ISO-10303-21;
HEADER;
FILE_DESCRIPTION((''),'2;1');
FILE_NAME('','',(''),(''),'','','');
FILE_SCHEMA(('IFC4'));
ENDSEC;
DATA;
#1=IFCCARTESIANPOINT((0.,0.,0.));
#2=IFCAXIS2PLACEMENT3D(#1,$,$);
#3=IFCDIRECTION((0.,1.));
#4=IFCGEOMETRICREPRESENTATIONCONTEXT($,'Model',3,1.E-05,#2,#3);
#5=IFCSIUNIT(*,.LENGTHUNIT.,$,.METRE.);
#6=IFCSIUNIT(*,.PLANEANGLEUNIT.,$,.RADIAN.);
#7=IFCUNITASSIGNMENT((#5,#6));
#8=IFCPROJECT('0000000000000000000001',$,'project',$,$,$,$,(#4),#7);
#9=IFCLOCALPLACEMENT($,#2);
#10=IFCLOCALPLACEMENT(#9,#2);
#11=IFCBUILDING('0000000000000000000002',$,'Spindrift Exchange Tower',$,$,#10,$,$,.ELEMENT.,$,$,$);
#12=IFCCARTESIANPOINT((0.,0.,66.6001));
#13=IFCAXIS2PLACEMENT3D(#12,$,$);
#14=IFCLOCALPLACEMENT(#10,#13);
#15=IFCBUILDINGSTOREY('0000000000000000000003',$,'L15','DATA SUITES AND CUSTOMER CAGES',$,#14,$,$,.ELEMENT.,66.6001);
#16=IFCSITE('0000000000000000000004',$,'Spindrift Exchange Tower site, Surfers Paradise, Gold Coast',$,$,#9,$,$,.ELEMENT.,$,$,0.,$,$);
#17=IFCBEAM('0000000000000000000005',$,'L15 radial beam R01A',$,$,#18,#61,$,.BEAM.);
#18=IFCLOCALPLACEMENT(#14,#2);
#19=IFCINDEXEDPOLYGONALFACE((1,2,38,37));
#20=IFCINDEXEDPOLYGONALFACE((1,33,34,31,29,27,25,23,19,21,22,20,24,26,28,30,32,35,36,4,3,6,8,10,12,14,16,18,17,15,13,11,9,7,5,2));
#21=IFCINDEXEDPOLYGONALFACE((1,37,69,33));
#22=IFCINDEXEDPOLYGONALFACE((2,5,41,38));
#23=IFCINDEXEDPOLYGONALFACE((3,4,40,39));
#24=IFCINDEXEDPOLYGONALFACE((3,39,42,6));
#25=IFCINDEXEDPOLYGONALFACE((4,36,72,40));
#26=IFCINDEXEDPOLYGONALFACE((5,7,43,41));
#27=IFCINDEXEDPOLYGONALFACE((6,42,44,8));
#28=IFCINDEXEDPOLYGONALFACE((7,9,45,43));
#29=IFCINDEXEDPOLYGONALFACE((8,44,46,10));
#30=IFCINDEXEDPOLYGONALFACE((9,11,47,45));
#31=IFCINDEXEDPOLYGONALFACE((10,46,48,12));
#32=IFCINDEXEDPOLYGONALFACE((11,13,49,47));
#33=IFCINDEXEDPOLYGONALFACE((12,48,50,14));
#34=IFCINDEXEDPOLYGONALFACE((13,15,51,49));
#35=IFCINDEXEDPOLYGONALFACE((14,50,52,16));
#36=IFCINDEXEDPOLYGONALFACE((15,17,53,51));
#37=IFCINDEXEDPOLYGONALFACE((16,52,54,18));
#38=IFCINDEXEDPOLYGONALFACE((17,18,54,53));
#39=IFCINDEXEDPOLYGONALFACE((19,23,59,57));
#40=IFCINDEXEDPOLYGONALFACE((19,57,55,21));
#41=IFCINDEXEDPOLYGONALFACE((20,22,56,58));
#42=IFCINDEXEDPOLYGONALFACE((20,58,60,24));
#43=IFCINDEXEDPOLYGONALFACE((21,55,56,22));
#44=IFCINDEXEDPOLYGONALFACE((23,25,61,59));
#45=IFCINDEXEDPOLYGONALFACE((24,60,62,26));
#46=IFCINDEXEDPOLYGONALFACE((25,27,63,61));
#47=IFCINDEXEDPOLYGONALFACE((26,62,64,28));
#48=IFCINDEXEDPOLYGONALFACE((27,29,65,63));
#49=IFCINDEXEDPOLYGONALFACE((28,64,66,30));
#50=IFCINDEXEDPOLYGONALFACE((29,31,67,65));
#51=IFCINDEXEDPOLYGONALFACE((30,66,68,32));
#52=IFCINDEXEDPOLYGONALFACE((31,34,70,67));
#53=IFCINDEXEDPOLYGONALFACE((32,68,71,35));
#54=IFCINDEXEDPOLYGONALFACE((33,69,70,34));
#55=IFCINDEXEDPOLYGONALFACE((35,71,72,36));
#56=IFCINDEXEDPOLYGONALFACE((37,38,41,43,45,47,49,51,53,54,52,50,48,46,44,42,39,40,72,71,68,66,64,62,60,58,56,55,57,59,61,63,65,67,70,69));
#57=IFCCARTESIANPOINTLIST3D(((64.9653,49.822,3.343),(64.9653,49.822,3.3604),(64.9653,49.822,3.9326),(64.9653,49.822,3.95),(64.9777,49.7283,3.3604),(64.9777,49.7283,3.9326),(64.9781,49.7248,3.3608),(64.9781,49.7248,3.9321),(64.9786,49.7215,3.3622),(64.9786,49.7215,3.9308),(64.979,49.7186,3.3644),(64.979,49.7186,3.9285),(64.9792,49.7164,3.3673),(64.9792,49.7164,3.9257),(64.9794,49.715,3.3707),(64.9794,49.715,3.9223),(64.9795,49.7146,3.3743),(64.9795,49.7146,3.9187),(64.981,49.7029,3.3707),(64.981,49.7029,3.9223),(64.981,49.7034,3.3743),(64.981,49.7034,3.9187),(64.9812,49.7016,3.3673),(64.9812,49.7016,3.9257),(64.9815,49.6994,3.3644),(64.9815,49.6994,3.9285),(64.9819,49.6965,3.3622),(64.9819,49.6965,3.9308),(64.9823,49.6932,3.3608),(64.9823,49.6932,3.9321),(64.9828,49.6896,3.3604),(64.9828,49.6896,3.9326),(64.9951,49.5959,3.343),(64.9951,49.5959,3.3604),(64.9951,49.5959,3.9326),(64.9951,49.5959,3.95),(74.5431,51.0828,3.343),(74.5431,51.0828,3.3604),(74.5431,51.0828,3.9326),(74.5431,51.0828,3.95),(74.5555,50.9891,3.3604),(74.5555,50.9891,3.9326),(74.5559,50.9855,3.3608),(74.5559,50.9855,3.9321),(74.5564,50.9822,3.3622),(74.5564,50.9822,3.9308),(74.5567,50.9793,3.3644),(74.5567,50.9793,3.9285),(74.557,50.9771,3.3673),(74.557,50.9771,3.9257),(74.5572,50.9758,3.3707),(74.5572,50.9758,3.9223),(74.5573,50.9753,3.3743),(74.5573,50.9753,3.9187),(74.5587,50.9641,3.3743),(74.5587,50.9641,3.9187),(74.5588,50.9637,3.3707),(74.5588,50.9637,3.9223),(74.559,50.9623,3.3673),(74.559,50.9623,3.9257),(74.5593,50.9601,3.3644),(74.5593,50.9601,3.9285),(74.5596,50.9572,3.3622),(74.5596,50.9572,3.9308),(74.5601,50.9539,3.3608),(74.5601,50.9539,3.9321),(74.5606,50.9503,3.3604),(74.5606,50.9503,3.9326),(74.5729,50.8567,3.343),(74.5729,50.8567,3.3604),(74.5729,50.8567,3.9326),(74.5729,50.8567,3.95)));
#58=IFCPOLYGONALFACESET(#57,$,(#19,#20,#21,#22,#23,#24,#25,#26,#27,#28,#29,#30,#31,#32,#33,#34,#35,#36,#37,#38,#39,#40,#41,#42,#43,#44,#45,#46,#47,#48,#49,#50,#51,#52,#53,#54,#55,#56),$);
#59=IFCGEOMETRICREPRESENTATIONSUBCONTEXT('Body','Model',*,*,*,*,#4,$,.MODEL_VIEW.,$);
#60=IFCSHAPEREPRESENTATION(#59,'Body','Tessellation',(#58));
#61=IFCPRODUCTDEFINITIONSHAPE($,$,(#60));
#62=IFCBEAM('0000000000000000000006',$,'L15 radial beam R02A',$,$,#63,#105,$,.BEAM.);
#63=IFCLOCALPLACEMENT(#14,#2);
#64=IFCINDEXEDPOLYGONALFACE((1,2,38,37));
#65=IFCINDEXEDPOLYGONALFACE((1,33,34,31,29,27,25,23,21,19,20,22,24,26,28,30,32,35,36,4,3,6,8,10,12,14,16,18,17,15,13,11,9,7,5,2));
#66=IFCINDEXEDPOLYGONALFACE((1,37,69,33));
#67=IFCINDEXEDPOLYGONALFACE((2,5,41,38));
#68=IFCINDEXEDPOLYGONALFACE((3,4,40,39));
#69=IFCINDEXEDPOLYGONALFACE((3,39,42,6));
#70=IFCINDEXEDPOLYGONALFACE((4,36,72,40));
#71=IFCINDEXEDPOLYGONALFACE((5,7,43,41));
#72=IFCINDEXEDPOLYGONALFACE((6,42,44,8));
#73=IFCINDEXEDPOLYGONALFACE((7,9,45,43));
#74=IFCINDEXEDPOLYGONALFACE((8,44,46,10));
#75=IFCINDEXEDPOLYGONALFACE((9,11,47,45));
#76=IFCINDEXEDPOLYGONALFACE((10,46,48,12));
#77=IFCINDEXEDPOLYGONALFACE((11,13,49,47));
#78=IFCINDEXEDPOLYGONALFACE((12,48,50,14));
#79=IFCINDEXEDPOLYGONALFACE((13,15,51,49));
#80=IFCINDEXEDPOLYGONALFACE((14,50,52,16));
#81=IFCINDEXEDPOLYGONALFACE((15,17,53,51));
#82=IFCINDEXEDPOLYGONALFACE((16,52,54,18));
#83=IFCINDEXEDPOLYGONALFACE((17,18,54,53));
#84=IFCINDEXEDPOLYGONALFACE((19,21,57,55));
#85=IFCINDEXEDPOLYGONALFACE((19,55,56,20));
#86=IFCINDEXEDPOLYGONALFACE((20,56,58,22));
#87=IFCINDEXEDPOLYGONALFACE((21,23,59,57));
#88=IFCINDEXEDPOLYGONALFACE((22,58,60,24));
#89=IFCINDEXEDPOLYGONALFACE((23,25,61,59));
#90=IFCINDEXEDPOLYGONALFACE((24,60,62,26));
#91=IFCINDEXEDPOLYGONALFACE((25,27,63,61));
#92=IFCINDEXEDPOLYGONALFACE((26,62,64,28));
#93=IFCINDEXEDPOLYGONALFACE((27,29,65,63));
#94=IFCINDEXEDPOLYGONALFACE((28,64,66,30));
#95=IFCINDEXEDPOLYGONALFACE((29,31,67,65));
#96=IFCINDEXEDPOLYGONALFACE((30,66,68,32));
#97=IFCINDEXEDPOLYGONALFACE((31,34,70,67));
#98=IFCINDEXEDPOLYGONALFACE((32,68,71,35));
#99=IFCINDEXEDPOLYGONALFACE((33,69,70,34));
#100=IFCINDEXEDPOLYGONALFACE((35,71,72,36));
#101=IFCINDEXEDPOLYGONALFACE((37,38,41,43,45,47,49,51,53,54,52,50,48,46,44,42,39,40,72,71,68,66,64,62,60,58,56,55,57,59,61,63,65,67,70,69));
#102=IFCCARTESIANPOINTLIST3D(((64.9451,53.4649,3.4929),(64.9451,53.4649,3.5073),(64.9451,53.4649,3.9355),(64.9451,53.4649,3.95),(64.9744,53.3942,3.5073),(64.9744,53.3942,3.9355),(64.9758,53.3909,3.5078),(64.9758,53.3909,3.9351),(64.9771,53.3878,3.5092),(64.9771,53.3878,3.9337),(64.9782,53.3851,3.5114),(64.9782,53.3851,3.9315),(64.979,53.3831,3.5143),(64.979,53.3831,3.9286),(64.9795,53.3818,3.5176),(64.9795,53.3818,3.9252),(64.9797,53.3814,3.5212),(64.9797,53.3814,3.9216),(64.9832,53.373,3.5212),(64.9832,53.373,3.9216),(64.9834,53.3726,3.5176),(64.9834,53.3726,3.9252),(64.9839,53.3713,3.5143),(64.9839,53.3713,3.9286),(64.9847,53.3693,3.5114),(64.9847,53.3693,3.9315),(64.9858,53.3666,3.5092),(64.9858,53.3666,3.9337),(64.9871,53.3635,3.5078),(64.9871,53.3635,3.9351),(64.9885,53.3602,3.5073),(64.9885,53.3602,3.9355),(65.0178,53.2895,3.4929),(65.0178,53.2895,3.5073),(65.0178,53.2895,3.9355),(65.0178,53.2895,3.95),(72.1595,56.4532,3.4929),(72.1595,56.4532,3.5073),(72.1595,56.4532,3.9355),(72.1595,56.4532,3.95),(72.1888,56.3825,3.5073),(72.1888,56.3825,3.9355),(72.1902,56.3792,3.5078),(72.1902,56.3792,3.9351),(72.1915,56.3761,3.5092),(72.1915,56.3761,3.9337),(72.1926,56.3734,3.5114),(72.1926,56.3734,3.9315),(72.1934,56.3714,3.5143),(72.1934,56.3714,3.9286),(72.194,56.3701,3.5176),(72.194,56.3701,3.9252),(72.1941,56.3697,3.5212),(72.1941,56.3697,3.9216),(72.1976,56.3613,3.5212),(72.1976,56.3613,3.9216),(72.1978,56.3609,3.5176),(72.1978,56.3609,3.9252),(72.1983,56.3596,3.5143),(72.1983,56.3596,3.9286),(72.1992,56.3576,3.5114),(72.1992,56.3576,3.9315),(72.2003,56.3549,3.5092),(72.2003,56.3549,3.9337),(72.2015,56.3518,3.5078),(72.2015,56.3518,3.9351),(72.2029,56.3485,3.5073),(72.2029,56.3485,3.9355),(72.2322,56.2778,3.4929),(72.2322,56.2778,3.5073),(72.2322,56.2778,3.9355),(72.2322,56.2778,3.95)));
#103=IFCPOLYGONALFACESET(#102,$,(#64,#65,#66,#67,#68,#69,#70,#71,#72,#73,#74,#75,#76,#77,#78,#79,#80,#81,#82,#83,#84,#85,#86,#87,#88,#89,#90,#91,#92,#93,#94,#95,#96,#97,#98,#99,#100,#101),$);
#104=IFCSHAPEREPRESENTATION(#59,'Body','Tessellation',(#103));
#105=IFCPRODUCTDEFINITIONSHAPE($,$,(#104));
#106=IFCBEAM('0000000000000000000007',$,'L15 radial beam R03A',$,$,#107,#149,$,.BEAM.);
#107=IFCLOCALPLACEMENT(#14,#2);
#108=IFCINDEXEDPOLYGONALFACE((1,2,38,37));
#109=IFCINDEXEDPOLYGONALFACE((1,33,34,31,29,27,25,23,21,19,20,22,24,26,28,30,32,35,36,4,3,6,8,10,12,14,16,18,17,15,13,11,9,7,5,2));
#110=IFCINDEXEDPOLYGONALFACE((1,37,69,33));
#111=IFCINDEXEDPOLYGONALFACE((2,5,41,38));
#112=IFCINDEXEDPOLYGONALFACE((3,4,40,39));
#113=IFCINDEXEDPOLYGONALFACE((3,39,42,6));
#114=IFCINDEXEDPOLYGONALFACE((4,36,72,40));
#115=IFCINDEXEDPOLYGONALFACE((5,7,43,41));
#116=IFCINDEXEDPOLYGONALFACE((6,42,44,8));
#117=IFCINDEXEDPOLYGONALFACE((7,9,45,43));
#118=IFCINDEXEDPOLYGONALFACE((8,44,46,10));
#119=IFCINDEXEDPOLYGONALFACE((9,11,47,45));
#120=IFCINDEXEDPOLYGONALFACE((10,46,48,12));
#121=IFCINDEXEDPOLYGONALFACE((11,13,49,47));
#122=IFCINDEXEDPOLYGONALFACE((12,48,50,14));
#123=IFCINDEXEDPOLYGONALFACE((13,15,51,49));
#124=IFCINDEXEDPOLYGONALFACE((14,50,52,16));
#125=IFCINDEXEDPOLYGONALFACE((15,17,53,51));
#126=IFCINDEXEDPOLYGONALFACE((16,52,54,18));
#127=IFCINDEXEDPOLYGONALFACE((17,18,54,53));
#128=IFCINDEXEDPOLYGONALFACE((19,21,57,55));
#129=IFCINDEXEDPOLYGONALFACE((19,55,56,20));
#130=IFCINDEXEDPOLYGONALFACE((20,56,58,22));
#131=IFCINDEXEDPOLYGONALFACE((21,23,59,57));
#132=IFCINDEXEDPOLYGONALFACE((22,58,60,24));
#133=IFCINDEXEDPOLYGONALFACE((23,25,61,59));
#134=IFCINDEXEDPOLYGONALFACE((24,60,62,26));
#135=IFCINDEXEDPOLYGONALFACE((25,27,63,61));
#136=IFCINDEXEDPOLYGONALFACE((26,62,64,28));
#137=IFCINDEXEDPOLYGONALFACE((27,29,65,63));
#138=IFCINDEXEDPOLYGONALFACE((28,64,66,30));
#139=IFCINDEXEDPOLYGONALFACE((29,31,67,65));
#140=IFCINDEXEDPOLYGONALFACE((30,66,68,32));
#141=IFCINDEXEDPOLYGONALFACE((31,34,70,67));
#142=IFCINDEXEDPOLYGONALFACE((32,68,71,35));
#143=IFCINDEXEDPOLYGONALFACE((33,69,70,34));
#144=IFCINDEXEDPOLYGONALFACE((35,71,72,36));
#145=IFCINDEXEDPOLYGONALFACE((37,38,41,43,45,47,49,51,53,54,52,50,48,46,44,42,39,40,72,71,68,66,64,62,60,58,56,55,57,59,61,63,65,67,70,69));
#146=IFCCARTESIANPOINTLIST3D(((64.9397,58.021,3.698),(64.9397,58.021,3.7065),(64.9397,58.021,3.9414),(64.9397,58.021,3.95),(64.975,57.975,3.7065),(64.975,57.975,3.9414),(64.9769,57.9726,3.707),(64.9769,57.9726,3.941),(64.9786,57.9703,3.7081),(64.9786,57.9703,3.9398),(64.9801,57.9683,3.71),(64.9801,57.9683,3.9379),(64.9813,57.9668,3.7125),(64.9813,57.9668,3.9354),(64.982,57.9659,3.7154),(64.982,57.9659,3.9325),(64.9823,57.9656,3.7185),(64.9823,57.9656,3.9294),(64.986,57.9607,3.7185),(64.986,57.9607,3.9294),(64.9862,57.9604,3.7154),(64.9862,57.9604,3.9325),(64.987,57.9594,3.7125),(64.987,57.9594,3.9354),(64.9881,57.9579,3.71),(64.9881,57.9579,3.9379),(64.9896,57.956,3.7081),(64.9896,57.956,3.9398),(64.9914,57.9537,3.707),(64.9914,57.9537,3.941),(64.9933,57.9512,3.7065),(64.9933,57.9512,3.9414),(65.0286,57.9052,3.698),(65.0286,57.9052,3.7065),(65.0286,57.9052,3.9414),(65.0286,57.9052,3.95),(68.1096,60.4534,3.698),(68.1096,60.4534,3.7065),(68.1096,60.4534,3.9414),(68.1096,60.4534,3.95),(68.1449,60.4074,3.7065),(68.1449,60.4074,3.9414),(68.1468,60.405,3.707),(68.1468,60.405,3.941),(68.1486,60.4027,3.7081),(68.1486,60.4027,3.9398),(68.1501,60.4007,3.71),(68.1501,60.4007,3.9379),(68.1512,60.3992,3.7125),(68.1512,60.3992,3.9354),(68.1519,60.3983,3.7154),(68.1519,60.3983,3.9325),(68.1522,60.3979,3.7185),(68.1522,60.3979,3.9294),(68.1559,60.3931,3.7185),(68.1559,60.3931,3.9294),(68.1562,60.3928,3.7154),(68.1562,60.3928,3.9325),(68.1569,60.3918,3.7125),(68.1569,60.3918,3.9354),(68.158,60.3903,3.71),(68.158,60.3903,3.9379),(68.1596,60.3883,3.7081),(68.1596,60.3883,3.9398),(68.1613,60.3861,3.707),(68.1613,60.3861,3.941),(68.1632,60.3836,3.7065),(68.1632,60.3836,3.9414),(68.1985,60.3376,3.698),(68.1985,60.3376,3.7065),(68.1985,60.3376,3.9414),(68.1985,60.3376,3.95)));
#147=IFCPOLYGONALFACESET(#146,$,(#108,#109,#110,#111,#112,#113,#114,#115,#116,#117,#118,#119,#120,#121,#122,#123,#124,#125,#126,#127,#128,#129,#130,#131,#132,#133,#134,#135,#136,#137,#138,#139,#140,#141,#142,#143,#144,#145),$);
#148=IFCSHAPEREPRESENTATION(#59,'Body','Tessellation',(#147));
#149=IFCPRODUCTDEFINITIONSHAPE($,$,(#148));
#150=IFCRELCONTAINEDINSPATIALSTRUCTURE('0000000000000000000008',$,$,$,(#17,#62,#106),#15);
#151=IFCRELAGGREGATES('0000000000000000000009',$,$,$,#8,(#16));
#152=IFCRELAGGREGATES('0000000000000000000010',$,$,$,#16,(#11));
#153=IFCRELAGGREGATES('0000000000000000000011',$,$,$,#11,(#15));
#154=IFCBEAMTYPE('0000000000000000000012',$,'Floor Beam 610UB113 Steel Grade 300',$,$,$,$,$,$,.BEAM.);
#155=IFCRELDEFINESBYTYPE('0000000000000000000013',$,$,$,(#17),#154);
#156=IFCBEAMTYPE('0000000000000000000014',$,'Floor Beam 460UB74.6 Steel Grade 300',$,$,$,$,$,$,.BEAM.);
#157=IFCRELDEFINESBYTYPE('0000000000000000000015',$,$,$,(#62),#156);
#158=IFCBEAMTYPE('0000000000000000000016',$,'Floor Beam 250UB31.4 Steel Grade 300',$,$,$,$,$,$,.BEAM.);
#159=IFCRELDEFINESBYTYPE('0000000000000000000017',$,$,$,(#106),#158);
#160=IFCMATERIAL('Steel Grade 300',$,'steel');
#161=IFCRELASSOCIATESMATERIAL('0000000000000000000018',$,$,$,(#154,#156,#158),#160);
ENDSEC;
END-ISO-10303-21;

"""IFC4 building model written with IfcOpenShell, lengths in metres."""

from ifc_helpers import new_model, si_unit, direction, frame, origin, origin_2d, place, context, subcontext, project, spatial, i_section, extrude, source, transform, mapped, material, material_profile, profile_set, type_object, element, save


model = new_model("IFC4")

# Units and contexts
model_context = context("Model", 3, precision=1e-05, world=origin(), true_north=direction((0.0, 1.0)))
body_context = subcontext(model_context, "Body", "Model", "MODEL_VIEW")
ifc_project = project(units=[si_unit("LENGTHUNIT", "METRE"), si_unit("PLANEANGLEUNIT", "RADIAN")], contexts=[model_context])

# Site, building, storey
site_placement = place(None, origin())
site = spatial("IfcSite", under=ifc_project, at=site_placement, Name="Spindrift Exchange Tower site, Surfers Paradise, Gold Coast", CompositionType="ELEMENT", RefElevation=0.0)
building_placement = place(site_placement, origin())
building = spatial("IfcBuilding", under=site, at=building_placement, Name="Spindrift Exchange Tower", CompositionType="ELEMENT")
storey_placement = place(building_placement, frame((0.0, 0.0, 66.6001)))
storey = spatial("IfcBuildingStorey", under=building, at=storey_placement, Name="L15", Description="DATA SUITES AND CUSTOMER CAGES", CompositionType="ELEMENT", Elevation=66.6001)

# Beams
ifc_material_1 = material(Name="Steel Grade 300", Category="steel")
ifc_material_profile_1 = material_profile(ifc_material_1, i_section(OverallWidth=0.228, OverallDepth=0.6069, WebThickness=0.0112, FlangeThickness=0.0173, FilletRadius=0.0139, at=origin_2d()), Name="610UB113")
ifc_profile_set_1 = profile_set([ifc_material_profile_1], Name="Steel Grade 300")
beam_type_1 = type_object("IfcBeamType", Name="Floor Beam 610UB113 Steel Grade 300", PredefinedType="BEAM", material=ifc_profile_set_1)
shared_shape_1 = source(origin(), body_context, "Body", "SweptSolid", [
    extrude(i_section(OverallWidth=0.228, OverallDepth=0.6069, WebThickness=0.0112, FlangeThickness=0.0173, FilletRadius=0.0139, at=origin_2d()), origin(), (0.0, 0.0, 1.0), 9.6604),
])
beam_1_placement = place(storey_placement, frame((64.9802, 49.709, 3.6465), z_axis=(0.991448, 0.130505, 0.0), x_axis=(-0.130505, 0.991448, 0.0)))
element("IfcBeam", 1, at=beam_1_placement, inside=storey, type_object=beam_type_1, Name="L15 radial beam R01A", PredefinedType="BEAM", context=body_context, shape_type="MappedRepresentation", body=[
    mapped(shared_shape_1, transform((0.0, 0.0, 0.0), scale=1.0)),
])
ifc_material_profile_2 = material_profile(ifc_material_1, i_section(OverallWidth=0.1899, OverallDepth=0.457, WebThickness=0.009, FlangeThickness=0.0144, FilletRadius=0.0139, at=origin_2d()), Name="460UB74.6")
ifc_profile_set_2 = profile_set([ifc_material_profile_2], Name="Steel Grade 300")
beam_type_2 = type_object("IfcBeamType", Name="Floor Beam 460UB74.6 Steel Grade 300", PredefinedType="BEAM", material=ifc_profile_set_2)
shared_shape_2 = source(origin(), body_context, "Body", "SweptSolid", [
    extrude(i_section(OverallWidth=0.1899, OverallDepth=0.457, WebThickness=0.009, FlangeThickness=0.0144, FilletRadius=0.0139, at=origin_2d()), origin(), (0.0, 0.0, 1.0), 7.8088),
])
beam_2_placement = place(storey_placement, frame((64.9814, 53.3772, 3.7214), z_axis=(0.92388, 0.382683, 0.0), x_axis=(-0.382683, 0.92388, 0.0)))
element("IfcBeam", 2, at=beam_2_placement, inside=storey, type_object=beam_type_2, Name="L15 radial beam R02A", PredefinedType="BEAM", context=body_context, shape_type="MappedRepresentation", body=[
    mapped(shared_shape_2, transform((0.0, 0.0, 0.0), scale=1.0)),
])
ifc_material_profile_3 = material_profile(ifc_material_1, i_section(OverallWidth=0.146, OverallDepth=0.252, WebThickness=0.0061, FlangeThickness=0.0085, FilletRadius=0.012, at=origin_2d()), Name="250UB31.4")
ifc_profile_set_3 = profile_set([ifc_material_profile_3], Name="Steel Grade 300")
beam_type_3 = type_object("IfcBeamType", Name="Floor Beam 250UB31.4 Steel Grade 300", PredefinedType="BEAM", material=ifc_profile_set_3)
shared_shape_3 = source(origin(), body_context, "Body", "SweptSolid", [
    extrude(i_section(OverallWidth=0.146, OverallDepth=0.252, WebThickness=0.0061, FlangeThickness=0.0085, FilletRadius=0.012, at=origin_2d()), origin(), (0.0, 0.0, 1.0), 3.9956),
])
beam_3_placement = place(storey_placement, frame((64.9841, 57.9631, 3.824), z_axis=(0.793353, 0.608762, 0.0), x_axis=(-0.608762, 0.793353, 0.0)))
element("IfcBeam", 3, at=beam_3_placement, inside=storey, type_object=beam_type_3, Name="L15 radial beam R03A", PredefinedType="BEAM", context=body_context, shape_type="MappedRepresentation", body=[
    mapped(shared_shape_3, transform((0.0, 0.0, 0.0), scale=1.0)),
])

save(model, "model.ifc")
